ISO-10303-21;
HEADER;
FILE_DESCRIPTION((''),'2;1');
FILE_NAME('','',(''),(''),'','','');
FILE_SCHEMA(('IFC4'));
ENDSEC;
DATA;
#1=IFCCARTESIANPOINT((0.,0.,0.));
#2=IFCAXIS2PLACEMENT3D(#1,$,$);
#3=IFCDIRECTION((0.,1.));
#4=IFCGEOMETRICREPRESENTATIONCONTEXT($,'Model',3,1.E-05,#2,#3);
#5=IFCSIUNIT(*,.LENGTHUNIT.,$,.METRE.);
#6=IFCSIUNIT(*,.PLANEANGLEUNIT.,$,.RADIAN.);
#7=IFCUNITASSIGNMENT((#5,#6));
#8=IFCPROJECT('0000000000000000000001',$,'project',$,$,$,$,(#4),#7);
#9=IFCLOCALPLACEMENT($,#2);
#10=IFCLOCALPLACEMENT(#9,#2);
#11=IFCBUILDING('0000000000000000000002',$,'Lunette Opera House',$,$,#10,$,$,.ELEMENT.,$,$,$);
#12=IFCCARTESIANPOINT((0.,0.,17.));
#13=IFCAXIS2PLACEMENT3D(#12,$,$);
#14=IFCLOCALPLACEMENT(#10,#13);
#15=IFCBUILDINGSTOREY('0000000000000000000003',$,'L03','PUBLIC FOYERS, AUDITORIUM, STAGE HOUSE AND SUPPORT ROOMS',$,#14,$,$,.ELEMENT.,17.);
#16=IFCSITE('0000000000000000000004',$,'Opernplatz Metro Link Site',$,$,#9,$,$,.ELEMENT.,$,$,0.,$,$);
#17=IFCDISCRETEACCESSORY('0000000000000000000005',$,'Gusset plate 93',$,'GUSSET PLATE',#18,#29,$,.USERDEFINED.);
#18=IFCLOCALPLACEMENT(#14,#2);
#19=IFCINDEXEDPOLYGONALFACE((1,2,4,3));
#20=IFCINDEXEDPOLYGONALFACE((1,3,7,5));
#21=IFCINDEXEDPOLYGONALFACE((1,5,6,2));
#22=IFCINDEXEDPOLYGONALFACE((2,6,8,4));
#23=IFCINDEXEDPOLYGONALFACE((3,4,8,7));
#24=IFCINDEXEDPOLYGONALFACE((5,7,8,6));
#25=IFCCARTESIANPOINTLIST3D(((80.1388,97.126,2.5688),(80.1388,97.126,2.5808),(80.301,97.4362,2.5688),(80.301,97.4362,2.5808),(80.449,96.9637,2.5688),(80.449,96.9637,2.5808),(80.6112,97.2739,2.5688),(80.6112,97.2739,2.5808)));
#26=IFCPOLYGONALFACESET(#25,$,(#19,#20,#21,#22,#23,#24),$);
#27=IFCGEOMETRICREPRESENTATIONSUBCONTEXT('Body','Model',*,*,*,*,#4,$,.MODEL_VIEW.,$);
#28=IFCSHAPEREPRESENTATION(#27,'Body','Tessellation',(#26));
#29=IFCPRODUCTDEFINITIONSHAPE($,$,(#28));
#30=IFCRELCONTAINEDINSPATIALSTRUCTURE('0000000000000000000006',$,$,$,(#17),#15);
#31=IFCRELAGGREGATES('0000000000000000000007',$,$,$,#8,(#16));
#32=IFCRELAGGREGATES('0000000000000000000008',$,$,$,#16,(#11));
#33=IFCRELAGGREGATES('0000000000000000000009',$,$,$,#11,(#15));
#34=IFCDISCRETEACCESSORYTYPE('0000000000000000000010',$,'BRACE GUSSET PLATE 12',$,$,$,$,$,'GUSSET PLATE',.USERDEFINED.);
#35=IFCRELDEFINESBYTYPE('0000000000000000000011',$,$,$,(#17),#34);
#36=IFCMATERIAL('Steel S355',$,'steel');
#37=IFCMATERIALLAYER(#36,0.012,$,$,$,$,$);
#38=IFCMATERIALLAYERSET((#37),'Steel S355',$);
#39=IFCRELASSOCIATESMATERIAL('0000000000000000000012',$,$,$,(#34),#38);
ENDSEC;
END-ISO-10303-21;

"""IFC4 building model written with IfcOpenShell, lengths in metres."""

from ifc_helpers import new_model, si_unit, direction, frame, origin, origin_2d, place, context, subcontext, project, spatial, rectangle, extrude, material, layer, layer_set, type_object, element, save


model = new_model("IFC4")

# Units and contexts
model_context = context("Model", 3, precision=1e-05, world=origin(), true_north=direction((0.0, 1.0)))
body_context = subcontext(model_context, "Body", "Model", "MODEL_VIEW")
ifc_project = project(units=[si_unit("LENGTHUNIT", "METRE"), si_unit("PLANEANGLEUNIT", "RADIAN")], contexts=[model_context])

# Site, building, storey
site_placement = place(None, origin())
site = spatial("IfcSite", under=ifc_project, at=site_placement, Name="Opernplatz Metro Link Site", CompositionType="ELEMENT", RefElevation=0.0)
building_placement = place(site_placement, origin())
building = spatial("IfcBuilding", under=site, at=building_placement, Name="Lunette Opera House", CompositionType="ELEMENT")
storey_placement = place(building_placement, frame((0.0, 0.0, 17.0)))
storey = spatial("IfcBuildingStorey", under=building, at=storey_placement, Name="L03", Description="PUBLIC FOYERS, AUDITORIUM, STAGE HOUSE AND SUPPORT ROOMS", CompositionType="ELEMENT", Elevation=17.0)

# Discrete accessory
ifc_material_1 = material(Name="Steel S355", Category="steel")
ifc_layer = layer(ifc_material_1, 0.012)
ifc_layer_set = layer_set([ifc_layer], Name="Steel S355")
discrete_accessory_type = type_object("IfcDiscreteAccessoryType", Name="BRACE GUSSET PLATE 12", ElementType="GUSSET PLATE", PredefinedType="USERDEFINED", material=ifc_layer_set)
discrete_accessory_placement = place(storey_placement, frame((80.375, 97.2, 2.5688), z_axis=(0.0, 0.0, 1.0), x_axis=(0.463547, 0.886073, 0.0)))
element("IfcDiscreteAccessory", 1, at=discrete_accessory_placement, inside=storey, type_object=discrete_accessory_type, Name="Gusset plate 93", ObjectType="GUSSET PLATE", PredefinedType="USERDEFINED", context=body_context, shape_type="SweptSolid", body=[
    extrude(rectangle(XDim=0.3501, YDim=0.3501, at=origin_2d()), origin(), (0.0, 0.0, 1.0), 0.012),
])

save(model, "model.ifc")
